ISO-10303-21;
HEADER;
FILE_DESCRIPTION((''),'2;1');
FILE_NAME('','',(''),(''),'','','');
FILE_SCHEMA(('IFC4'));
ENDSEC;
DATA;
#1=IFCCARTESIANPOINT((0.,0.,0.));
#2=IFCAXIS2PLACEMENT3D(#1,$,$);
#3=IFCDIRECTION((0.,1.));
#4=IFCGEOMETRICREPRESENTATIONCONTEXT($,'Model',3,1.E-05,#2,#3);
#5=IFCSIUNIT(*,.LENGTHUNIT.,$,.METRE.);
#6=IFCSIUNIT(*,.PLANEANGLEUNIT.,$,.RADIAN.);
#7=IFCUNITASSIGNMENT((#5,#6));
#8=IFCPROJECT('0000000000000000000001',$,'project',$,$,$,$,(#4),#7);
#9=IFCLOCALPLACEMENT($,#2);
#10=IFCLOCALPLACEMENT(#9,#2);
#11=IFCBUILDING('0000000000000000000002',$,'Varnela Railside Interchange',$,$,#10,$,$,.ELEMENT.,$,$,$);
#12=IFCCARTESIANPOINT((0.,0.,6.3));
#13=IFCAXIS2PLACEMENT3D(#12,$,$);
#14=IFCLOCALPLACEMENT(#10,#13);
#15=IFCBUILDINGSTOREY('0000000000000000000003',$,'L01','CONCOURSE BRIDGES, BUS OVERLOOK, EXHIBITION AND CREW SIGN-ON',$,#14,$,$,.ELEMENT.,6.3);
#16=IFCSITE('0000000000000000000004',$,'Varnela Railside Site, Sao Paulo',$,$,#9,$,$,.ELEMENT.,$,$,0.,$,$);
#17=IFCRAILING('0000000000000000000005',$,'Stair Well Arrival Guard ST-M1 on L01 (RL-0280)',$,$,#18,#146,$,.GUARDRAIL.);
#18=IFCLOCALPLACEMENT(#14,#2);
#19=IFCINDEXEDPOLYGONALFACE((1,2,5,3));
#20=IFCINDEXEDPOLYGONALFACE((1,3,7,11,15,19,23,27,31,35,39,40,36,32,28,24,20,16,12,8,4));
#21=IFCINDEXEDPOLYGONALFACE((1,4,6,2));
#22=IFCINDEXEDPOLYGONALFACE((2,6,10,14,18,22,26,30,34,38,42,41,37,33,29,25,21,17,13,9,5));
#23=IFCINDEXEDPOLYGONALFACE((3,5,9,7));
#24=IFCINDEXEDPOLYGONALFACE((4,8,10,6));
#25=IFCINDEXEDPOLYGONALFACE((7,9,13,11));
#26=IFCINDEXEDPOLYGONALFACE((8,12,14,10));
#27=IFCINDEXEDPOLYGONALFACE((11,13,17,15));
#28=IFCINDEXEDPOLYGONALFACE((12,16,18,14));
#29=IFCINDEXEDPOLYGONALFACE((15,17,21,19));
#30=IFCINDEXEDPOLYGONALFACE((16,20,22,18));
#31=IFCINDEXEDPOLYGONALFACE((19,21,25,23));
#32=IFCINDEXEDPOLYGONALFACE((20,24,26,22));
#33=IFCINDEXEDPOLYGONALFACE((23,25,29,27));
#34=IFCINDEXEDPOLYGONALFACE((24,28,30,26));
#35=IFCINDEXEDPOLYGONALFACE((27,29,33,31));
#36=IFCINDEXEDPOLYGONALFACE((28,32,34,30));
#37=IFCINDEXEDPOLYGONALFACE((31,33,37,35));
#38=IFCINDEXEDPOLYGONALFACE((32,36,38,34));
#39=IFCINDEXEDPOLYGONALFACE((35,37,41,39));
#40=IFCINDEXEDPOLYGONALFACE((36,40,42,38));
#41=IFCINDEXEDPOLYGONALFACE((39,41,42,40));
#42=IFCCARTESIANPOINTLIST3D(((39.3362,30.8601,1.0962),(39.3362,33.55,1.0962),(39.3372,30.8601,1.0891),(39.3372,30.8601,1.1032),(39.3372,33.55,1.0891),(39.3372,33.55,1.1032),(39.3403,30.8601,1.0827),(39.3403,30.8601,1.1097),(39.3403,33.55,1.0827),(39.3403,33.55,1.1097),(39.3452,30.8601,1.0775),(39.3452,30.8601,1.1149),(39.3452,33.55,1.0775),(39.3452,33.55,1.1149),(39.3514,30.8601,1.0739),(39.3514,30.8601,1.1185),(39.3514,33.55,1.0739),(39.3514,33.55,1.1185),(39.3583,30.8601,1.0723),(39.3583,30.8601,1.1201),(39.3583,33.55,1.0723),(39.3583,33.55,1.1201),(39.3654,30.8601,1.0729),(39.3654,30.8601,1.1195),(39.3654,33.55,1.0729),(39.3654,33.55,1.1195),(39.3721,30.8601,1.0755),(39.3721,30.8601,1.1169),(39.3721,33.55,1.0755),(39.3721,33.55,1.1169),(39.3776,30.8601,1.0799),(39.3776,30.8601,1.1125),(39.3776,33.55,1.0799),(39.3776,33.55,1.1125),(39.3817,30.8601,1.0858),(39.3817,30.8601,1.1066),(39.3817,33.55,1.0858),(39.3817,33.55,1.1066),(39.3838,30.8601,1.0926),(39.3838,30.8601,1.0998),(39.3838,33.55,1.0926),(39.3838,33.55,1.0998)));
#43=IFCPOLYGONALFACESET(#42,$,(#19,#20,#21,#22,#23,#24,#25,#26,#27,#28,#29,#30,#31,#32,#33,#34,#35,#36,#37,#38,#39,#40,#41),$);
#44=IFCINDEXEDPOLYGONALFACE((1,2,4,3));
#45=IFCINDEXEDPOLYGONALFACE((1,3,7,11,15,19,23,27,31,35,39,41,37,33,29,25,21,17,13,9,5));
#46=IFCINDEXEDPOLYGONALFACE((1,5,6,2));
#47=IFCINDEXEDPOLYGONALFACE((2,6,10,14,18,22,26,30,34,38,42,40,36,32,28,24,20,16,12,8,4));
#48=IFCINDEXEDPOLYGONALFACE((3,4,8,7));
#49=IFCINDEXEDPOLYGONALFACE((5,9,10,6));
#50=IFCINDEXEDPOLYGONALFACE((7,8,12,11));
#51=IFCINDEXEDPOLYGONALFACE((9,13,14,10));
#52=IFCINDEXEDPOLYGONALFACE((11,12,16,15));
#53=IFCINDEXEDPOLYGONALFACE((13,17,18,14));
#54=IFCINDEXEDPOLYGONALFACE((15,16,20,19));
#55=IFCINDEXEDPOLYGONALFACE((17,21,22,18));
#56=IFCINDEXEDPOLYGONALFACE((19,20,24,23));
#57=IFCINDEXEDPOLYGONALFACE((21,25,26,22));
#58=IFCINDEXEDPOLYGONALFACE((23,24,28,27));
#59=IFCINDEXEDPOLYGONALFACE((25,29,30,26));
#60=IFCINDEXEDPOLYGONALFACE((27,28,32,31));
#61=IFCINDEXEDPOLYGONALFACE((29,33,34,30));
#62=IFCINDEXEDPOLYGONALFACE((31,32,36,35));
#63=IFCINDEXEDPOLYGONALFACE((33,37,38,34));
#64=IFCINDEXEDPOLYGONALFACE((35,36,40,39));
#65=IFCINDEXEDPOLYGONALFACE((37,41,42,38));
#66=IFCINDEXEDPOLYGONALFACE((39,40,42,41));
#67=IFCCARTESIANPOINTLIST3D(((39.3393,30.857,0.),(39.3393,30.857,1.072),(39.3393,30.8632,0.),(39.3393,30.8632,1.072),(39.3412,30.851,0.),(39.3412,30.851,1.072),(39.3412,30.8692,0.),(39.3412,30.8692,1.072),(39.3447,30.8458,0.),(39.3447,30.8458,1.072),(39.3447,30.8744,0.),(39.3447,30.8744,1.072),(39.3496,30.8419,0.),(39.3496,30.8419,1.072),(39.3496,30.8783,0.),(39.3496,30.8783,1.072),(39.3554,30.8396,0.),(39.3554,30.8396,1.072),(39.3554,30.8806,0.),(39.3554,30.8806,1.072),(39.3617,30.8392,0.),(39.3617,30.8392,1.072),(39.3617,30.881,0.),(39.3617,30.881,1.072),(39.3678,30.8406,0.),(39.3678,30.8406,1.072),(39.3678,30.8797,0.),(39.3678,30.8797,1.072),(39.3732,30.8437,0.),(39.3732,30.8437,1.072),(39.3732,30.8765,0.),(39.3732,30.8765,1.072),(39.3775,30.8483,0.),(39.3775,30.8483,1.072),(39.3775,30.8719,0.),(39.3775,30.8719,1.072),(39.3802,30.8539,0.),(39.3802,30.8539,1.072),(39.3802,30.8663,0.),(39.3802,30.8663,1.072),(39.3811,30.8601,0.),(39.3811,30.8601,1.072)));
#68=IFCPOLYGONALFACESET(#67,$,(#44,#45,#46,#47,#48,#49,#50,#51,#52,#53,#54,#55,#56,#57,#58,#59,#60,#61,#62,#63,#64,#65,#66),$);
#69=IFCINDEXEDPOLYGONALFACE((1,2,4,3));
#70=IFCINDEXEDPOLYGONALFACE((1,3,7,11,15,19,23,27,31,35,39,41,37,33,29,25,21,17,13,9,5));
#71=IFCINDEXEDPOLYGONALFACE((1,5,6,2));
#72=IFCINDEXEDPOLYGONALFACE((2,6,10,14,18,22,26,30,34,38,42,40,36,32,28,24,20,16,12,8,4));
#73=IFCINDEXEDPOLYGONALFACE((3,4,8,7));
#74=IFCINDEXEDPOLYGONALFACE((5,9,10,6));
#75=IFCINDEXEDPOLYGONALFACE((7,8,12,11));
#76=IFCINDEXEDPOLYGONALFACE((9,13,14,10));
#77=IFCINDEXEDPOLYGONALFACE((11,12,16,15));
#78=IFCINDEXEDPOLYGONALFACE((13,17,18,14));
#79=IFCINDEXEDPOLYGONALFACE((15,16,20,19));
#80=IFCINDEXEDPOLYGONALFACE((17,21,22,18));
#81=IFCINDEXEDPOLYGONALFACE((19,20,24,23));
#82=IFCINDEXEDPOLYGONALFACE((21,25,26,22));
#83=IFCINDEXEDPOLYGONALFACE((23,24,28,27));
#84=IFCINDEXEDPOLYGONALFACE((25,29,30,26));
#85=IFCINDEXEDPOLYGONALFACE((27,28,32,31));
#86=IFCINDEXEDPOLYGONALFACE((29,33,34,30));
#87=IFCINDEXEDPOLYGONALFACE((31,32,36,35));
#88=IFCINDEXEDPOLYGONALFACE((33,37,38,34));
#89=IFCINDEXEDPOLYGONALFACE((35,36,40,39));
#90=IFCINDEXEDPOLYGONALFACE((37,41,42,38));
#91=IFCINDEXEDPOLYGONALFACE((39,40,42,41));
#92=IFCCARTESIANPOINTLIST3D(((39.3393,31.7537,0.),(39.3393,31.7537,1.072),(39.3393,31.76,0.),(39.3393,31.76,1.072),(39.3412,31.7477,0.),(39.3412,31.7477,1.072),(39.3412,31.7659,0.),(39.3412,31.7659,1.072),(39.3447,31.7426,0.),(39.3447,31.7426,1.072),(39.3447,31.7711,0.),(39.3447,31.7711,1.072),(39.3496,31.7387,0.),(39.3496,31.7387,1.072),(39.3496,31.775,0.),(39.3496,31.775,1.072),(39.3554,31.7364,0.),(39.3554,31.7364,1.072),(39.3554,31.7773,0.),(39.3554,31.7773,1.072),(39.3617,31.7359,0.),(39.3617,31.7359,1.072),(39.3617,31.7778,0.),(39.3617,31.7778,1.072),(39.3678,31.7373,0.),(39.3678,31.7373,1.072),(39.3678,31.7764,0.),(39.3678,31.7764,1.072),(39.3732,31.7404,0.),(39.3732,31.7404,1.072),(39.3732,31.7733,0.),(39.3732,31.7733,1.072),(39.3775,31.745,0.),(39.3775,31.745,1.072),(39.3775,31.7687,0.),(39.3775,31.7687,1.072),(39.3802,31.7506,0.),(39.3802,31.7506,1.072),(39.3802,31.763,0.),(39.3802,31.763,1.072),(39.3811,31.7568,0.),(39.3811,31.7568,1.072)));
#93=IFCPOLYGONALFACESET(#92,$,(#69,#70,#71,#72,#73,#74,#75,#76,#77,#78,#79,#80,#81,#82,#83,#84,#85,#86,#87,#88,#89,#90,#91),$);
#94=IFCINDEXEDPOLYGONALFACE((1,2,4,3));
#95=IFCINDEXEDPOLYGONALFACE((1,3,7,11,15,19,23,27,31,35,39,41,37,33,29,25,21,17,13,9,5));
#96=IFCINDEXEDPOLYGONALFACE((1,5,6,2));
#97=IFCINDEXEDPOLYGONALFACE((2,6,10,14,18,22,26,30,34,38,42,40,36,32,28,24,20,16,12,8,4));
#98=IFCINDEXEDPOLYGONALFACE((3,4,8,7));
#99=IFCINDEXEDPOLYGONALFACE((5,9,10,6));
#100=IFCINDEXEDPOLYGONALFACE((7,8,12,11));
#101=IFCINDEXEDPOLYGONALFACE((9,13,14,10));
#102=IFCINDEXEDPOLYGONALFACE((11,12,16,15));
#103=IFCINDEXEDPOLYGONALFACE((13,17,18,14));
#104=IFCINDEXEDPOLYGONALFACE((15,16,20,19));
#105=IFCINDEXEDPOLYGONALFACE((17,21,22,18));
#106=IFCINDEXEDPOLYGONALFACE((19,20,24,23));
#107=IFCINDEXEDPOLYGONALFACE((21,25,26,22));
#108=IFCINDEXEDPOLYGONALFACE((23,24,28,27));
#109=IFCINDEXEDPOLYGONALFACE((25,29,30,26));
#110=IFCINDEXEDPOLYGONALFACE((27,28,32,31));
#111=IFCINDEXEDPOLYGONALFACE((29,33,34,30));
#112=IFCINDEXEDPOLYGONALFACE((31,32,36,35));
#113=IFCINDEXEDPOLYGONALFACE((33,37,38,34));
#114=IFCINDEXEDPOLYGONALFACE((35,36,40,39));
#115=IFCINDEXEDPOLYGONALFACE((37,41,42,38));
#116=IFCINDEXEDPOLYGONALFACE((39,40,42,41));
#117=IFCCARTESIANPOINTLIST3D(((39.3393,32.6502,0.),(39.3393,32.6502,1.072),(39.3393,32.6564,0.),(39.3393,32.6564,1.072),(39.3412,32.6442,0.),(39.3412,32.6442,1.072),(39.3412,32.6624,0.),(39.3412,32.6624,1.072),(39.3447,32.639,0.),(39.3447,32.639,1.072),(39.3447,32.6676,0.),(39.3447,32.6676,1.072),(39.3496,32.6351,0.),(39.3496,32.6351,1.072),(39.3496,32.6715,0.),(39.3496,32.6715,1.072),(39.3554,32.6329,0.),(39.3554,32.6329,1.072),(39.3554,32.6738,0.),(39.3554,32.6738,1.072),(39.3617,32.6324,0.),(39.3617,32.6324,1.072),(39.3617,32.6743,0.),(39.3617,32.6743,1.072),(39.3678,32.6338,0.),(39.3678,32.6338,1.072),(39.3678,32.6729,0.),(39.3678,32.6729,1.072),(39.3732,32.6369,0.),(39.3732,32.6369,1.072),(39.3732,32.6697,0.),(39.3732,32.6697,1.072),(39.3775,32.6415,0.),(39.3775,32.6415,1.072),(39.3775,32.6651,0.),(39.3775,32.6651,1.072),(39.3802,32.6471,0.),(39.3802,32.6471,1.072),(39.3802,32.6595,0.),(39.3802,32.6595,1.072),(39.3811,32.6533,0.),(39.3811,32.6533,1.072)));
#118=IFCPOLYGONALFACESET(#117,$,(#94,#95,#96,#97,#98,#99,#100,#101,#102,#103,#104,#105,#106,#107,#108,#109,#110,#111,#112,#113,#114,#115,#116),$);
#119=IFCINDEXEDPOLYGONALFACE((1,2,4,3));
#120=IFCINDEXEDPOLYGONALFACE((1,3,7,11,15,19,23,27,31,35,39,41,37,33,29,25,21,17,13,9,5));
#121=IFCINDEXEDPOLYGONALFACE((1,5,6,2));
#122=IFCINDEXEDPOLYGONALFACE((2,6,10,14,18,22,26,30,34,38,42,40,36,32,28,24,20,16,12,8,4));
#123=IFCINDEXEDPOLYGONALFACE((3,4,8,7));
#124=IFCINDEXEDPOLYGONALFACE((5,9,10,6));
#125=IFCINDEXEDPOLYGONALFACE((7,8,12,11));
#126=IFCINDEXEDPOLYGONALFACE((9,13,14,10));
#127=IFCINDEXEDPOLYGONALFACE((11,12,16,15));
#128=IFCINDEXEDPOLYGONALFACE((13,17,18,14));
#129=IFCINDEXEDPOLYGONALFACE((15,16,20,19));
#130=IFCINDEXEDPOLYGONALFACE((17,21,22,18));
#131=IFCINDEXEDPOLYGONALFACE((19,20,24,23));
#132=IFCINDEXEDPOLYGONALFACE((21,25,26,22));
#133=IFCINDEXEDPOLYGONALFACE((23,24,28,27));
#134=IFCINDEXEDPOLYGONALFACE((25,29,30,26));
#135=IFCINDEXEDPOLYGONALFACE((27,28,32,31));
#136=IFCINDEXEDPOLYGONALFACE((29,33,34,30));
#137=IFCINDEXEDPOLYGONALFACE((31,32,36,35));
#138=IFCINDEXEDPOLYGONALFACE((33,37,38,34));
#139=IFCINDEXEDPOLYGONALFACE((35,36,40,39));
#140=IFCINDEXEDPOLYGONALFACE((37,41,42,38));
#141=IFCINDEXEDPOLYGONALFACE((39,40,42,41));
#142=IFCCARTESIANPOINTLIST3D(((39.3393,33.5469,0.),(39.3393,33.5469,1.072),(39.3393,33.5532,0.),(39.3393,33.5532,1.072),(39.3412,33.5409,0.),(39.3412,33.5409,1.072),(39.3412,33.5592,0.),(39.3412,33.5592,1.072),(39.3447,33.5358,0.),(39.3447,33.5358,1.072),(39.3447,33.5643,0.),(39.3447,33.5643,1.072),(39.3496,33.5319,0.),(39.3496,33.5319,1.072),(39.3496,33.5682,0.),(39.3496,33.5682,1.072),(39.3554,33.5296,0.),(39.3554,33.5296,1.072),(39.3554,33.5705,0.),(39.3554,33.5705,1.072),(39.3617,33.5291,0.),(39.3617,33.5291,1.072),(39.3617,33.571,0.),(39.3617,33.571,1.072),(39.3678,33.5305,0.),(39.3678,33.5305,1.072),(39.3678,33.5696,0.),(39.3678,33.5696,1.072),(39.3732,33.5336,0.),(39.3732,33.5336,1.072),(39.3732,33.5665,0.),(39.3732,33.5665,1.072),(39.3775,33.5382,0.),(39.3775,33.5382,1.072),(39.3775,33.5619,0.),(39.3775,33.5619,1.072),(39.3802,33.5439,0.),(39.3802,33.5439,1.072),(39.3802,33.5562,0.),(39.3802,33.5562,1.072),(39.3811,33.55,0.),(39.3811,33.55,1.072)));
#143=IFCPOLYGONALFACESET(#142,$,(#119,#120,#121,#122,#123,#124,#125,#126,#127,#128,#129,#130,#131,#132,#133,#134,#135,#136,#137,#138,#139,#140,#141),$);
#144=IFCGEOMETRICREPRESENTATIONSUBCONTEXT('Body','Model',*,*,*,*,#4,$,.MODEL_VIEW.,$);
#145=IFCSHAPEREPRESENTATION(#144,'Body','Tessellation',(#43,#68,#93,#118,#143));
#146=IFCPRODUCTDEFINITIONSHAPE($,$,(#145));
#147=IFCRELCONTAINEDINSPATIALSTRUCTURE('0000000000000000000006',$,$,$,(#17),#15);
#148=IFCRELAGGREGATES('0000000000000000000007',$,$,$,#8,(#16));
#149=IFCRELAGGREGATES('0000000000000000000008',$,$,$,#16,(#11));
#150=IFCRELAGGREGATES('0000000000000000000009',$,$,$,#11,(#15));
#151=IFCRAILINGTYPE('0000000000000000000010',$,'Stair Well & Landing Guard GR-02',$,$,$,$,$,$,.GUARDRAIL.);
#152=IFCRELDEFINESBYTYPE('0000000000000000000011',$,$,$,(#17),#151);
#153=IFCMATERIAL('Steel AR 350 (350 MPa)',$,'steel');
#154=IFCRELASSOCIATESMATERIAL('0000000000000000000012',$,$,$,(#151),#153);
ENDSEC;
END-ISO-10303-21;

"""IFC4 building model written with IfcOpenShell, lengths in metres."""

from ifc_helpers import new_model, si_unit, direction, frame, origin, origin_2d, place, context, subcontext, project, spatial, circle, extrude, material, type_object, element, save


model = new_model("IFC4")

# Units and contexts
model_context = context("Model", 3, precision=1e-05, world=origin(), true_north=direction((0.0, 1.0)))
body_context = subcontext(model_context, "Body", "Model", "MODEL_VIEW")
ifc_project = project(units=[si_unit("LENGTHUNIT", "METRE"), si_unit("PLANEANGLEUNIT", "RADIAN")], contexts=[model_context])

# Site, building, storey
site_placement = place(None, origin())
site = spatial("IfcSite", under=ifc_project, at=site_placement, Name="Varnela Railside Site, Sao Paulo", CompositionType="ELEMENT", RefElevation=0.0)
building_placement = place(site_placement, origin())
building = spatial("IfcBuilding", under=site, at=building_placement, Name="Varnela Railside Interchange", CompositionType="ELEMENT")
storey_placement = place(building_placement, frame((0.0, 0.0, 6.3)))
storey = spatial("IfcBuildingStorey", under=building, at=storey_placement, Name="L01", Description="CONCOURSE BRIDGES, BUS OVERLOOK, EXHIBITION AND CREW SIGN-ON", CompositionType="ELEMENT", Elevation=6.3)

# Shared definitions
ifc_material_1 = material(Name="Steel AR 350 (350 MPa)", Category="steel")

# Railing
railing_type = type_object("IfcRailingType", Name="Stair Well & Landing Guard GR-02", PredefinedType="GUARDRAIL", material=ifc_material_1)
railing_placement = place(storey_placement, frame((39.3601, 30.8601, 0.0)))
element("IfcRailing", 1, at=railing_placement, inside=storey, type_object=railing_type, Name="Stair Well Arrival Guard ST-M1 on L01 (RL-0280)", PredefinedType="GUARDRAIL", context=body_context, shape_type="SweptSolid", body=[
    extrude(circle(Radius=0.0239, at=origin_2d()), frame((0.0, 0.0, 1.0962), z_axis=(0.0, 1.0, 0.0), x_axis=(-1.0, 0.0, 0.0)), (0.0, 0.0, 1.0), 2.6899),
    extrude(circle(Radius=0.021, at=origin_2d()), origin(), (0.0, 0.0, 1.0), 1.072),
    extrude(circle(Radius=0.021, at=origin_2d()), frame((0.0, 0.8967, 0.0)), (0.0, 0.0, 1.0), 1.072),
    extrude(circle(Radius=0.021, at=origin_2d()), frame((0.0, 1.7932, 0.0)), (0.0, 0.0, 1.0), 1.072),
    extrude(circle(Radius=0.021, at=origin_2d()), frame((0.0, 2.6899, 0.0)), (0.0, 0.0, 1.0), 1.072),
])

save(model, "model.ifc")
